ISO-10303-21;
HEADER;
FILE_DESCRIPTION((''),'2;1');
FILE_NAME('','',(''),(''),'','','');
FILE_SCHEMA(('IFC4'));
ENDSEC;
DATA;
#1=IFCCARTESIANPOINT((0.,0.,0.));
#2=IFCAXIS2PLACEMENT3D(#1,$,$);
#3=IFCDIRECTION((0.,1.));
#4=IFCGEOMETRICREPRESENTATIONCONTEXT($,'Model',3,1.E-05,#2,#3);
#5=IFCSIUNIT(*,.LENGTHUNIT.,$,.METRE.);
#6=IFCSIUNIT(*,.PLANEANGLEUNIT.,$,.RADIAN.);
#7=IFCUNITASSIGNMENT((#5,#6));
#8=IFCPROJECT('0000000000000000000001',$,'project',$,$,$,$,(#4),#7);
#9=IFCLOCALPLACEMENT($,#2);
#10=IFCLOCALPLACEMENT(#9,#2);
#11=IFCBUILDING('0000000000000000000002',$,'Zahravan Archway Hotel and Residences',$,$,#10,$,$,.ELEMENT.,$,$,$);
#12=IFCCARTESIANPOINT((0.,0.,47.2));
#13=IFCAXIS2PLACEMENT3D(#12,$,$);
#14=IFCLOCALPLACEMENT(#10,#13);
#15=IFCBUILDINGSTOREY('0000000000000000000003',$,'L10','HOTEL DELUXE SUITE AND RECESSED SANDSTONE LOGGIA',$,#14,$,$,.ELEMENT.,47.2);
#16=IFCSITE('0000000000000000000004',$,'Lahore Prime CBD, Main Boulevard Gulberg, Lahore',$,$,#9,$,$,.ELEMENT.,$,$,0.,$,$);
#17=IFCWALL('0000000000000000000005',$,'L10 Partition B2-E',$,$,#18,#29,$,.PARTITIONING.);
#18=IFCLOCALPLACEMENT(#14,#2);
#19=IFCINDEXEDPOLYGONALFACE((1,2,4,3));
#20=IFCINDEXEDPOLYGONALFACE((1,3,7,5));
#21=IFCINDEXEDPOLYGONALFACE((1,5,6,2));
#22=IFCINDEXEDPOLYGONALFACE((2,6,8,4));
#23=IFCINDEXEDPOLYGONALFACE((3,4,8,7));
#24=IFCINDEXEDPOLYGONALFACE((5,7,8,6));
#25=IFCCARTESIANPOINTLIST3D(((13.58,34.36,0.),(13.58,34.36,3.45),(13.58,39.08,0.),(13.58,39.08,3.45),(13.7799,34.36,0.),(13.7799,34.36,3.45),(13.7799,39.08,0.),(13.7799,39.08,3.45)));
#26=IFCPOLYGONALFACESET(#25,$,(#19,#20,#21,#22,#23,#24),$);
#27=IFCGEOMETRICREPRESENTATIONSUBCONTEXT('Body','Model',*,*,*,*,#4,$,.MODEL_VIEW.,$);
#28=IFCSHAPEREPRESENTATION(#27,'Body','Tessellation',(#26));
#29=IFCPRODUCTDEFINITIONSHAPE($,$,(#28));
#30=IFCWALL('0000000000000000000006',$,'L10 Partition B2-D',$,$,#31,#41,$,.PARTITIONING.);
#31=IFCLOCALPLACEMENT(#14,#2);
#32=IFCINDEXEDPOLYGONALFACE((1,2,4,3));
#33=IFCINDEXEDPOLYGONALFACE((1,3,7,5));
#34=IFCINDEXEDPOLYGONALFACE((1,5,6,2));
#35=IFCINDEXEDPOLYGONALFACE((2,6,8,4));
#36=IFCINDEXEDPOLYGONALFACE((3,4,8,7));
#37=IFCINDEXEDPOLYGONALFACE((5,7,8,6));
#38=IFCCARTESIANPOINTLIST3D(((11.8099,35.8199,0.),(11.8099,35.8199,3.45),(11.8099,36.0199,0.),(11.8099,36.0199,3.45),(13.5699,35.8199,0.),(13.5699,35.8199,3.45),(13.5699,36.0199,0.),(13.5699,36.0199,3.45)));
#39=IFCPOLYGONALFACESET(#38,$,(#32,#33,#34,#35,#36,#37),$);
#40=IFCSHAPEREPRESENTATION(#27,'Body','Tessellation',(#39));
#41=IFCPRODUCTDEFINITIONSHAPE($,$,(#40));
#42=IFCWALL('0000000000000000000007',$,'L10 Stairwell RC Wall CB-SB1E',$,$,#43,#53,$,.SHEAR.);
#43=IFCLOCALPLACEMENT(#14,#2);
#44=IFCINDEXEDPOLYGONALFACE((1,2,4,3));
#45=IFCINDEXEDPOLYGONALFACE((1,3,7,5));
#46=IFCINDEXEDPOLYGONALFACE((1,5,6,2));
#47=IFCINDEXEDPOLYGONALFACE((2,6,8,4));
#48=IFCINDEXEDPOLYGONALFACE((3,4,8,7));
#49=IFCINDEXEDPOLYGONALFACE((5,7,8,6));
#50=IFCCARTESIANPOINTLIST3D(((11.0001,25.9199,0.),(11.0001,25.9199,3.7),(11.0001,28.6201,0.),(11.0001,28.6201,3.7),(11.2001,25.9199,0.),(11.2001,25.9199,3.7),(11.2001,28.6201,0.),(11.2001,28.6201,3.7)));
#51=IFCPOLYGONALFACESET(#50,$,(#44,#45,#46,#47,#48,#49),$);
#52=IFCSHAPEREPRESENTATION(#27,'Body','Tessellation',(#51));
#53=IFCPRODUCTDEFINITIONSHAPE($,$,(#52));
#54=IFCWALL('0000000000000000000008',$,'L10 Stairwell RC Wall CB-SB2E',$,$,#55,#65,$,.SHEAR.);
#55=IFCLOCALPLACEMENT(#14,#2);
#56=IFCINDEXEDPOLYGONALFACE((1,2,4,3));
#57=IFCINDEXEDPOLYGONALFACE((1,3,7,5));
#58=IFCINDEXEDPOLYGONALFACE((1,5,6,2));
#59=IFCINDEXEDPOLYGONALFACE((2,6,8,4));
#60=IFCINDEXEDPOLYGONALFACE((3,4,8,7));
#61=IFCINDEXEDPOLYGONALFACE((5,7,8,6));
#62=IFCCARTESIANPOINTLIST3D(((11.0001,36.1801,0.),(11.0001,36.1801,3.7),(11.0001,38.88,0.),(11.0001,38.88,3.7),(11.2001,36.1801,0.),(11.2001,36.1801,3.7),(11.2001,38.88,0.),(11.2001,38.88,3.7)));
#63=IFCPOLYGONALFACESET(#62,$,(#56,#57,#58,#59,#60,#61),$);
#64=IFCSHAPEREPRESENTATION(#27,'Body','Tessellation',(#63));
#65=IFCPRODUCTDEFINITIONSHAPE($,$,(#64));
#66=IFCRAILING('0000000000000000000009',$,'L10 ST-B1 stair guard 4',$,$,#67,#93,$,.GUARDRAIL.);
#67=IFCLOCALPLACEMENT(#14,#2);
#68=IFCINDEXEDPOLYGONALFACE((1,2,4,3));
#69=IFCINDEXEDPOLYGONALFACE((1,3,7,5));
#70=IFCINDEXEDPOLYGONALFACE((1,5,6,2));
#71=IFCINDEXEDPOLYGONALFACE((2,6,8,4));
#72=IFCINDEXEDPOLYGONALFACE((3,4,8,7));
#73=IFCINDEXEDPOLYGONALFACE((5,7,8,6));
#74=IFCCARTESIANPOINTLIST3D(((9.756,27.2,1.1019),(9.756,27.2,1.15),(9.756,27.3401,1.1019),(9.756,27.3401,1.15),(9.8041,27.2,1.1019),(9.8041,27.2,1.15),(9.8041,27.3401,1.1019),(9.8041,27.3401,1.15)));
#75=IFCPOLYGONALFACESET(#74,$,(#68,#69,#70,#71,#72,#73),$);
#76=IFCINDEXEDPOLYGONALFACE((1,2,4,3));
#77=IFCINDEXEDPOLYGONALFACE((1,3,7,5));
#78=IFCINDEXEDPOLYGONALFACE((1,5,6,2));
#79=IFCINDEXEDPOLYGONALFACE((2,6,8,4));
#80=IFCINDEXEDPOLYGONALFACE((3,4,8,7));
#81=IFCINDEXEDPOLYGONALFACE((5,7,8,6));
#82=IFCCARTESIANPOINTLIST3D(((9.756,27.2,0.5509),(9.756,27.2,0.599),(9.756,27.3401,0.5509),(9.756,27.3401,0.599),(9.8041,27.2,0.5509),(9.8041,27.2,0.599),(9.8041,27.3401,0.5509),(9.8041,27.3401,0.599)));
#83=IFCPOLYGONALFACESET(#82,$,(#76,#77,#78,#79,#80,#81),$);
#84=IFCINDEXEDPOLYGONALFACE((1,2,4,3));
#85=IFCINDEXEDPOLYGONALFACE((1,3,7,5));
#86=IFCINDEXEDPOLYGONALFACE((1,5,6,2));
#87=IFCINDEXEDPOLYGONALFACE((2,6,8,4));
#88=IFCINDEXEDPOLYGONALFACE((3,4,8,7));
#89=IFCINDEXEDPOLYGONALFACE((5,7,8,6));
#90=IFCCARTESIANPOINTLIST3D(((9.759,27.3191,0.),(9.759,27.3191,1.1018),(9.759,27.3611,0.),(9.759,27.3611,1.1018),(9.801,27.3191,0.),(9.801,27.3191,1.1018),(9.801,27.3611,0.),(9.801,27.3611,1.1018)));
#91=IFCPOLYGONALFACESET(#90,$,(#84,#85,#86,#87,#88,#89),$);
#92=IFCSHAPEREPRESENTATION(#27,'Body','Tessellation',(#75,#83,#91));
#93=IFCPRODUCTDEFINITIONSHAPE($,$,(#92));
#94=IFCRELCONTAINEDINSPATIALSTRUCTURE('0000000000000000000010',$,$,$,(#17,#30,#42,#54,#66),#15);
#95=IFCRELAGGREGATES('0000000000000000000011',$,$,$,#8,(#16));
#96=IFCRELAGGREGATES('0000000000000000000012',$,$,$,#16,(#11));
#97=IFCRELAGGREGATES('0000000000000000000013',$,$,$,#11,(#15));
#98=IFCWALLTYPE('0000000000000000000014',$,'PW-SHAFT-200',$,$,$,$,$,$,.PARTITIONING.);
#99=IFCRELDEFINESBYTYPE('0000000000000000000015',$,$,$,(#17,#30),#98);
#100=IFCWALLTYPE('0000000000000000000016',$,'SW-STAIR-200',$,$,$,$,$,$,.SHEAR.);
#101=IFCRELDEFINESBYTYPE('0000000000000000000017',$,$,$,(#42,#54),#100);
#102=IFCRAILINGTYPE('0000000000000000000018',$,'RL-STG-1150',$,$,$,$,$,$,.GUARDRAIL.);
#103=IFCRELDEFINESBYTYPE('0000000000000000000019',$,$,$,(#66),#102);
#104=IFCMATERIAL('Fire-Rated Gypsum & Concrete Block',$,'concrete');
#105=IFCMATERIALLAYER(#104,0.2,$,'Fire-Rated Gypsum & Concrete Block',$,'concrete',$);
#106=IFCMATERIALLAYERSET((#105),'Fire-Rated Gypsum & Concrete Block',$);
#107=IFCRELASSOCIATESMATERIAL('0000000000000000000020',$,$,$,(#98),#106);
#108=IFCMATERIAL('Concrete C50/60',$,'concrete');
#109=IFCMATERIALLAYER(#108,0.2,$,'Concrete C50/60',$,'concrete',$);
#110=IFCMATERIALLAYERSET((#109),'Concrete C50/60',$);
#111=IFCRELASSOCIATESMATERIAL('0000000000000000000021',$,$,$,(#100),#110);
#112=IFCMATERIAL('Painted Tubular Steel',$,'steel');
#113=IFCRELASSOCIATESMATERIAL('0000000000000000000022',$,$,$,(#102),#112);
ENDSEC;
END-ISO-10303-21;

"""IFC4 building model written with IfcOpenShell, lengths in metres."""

from ifc_helpers import new_model, si_unit, direction, frame, frame_2d, origin, origin_2d, place, context, subcontext, project, spatial, rectangle, extrude, material, layer, layer_set, type_object, element, save


model = new_model("IFC4")

# Units and contexts
model_context = context("Model", 3, precision=1e-05, world=origin(), true_north=direction((0.0, 1.0)))
body_context = subcontext(model_context, "Body", "Model", "MODEL_VIEW")
ifc_project = project(units=[si_unit("LENGTHUNIT", "METRE"), si_unit("PLANEANGLEUNIT", "RADIAN")], contexts=[model_context])

# Site, building, storey
site_placement = place(None, origin())
site = spatial("IfcSite", under=ifc_project, at=site_placement, Name="Lahore Prime CBD, Main Boulevard Gulberg, Lahore", CompositionType="ELEMENT", RefElevation=0.0)
building_placement = place(site_placement, origin())
building = spatial("IfcBuilding", under=site, at=building_placement, Name="Zahravan Archway Hotel and Residences", CompositionType="ELEMENT")
storey_placement = place(building_placement, frame((0.0, 0.0, 47.2)))
storey = spatial("IfcBuildingStorey", under=building, at=storey_placement, Name="L10", Description="HOTEL DELUXE SUITE AND RECESSED SANDSTONE LOGGIA", CompositionType="ELEMENT", Elevation=47.2)

# Shared definitions
ifc_material_1 = material(Name="Fire-Rated Gypsum & Concrete Block", Category="concrete")
ifc_layer_1 = layer(ifc_material_1, 0.2, Name="Fire-Rated Gypsum & Concrete Block", Category="concrete")
ifc_layer_set_1 = layer_set([ifc_layer_1], Name="Fire-Rated Gypsum & Concrete Block")
wall_type_1 = type_object("IfcWallType", Name="PW-SHAFT-200", PredefinedType="PARTITIONING", material=ifc_layer_set_1)

# Walls
wall_1_placement = place(storey_placement, frame((13.6799, 34.3601, 0.0), z_axis=(0.0, 0.0, 1.0), x_axis=(0.0, 1.0, 0.0)))
element("IfcWall", 1, at=wall_1_placement, inside=storey, type_object=wall_type_1, Name="L10 Partition B2-E", PredefinedType="PARTITIONING", context=body_context, shape_type="SweptSolid", body=[
    extrude(rectangle(XDim=4.72, YDim=0.2, at=frame_2d((2.3599, 0.0))), origin(), (0.0, 0.0, 1.0), 3.45),
])
wall_2_placement = place(storey_placement, frame((11.8101, 35.9199, 0.0), z_axis=(0.0, 0.0, 1.0), x_axis=(1.0, 0.0, 0.0)))
element("IfcWall", 2, at=wall_2_placement, inside=storey, type_object=wall_type_1, Name="L10 Partition B2-D", PredefinedType="PARTITIONING", context=body_context, shape_type="SweptSolid", body=[
    extrude(rectangle(XDim=1.76, YDim=0.2, at=frame_2d((0.8799, 0.0))), origin(), (0.0, 0.0, 1.0), 3.45),
])
ifc_material_2 = material(Name="Concrete C50/60", Category="concrete")
ifc_layer_2 = layer(ifc_material_2, 0.2, Name="Concrete C50/60", Category="concrete")
ifc_layer_set_2 = layer_set([ifc_layer_2], Name="Concrete C50/60")
wall_type_2 = type_object("IfcWallType", Name="SW-STAIR-200", PredefinedType="SHEAR", material=ifc_layer_set_2)
wall_3_placement = place(storey_placement, frame((11.1001, 25.9199, 0.0), z_axis=(0.0, 0.0, 1.0), x_axis=(0.0, 1.0, 0.0)))
element("IfcWall", 3, at=wall_3_placement, inside=storey, type_object=wall_type_2, Name="L10 Stairwell RC Wall CB-SB1E", PredefinedType="SHEAR", context=body_context, shape_type="SweptSolid", body=[
    extrude(rectangle(XDim=2.7002, YDim=0.2, at=frame_2d((1.3501, 0.0))), origin(), (0.0, 0.0, 1.0), 3.7),
])
wall_4_placement = place(storey_placement, frame((11.1001, 36.1799, 0.0), z_axis=(0.0, 0.0, 1.0), x_axis=(0.0, 1.0, 0.0)))
element("IfcWall", 4, at=wall_4_placement, inside=storey, type_object=wall_type_2, Name="L10 Stairwell RC Wall CB-SB2E", PredefinedType="SHEAR", context=body_context, shape_type="SweptSolid", body=[
    extrude(rectangle(XDim=2.7, YDim=0.2, at=frame_2d((1.3501, 0.0))), origin(), (0.0, 0.0, 1.0), 3.7),
])

# Railing
ifc_material_3 = material(Name="Painted Tubular Steel", Category="steel")
railing_type = type_object("IfcRailingType", Name="RL-STG-1150", PredefinedType="GUARDRAIL", material=ifc_material_3)
railing_placement = place(storey_placement, frame((9.78, 27.3401, 0.0)))
element("IfcRailing", 5, at=railing_placement, inside=storey, type_object=railing_type, Name="L10 ST-B1 stair guard 4", PredefinedType="GUARDRAIL", context=body_context, shape_type="SweptSolid", body=[
    extrude(rectangle(XDim=0.0481, YDim=0.0481, at=origin_2d()), frame((0.0, 0.0, 1.126), z_axis=(0.0, -1.0, 0.0), x_axis=(1.0, 0.0, 0.0)), (0.0, 0.0, 1.0), 0.1401),
    extrude(rectangle(XDim=0.0481, YDim=0.0481, at=origin_2d()), frame((0.0, 0.0, 0.575), z_axis=(0.0, -1.0, 0.0), x_axis=(1.0, 0.0, 0.0)), (0.0, 0.0, 1.0), 0.1401),
    extrude(rectangle(XDim=0.042, YDim=0.042, at=origin_2d()), origin(), (0.0, 0.0, 1.0), 1.1018),
])

save(model, "model.ifc")
